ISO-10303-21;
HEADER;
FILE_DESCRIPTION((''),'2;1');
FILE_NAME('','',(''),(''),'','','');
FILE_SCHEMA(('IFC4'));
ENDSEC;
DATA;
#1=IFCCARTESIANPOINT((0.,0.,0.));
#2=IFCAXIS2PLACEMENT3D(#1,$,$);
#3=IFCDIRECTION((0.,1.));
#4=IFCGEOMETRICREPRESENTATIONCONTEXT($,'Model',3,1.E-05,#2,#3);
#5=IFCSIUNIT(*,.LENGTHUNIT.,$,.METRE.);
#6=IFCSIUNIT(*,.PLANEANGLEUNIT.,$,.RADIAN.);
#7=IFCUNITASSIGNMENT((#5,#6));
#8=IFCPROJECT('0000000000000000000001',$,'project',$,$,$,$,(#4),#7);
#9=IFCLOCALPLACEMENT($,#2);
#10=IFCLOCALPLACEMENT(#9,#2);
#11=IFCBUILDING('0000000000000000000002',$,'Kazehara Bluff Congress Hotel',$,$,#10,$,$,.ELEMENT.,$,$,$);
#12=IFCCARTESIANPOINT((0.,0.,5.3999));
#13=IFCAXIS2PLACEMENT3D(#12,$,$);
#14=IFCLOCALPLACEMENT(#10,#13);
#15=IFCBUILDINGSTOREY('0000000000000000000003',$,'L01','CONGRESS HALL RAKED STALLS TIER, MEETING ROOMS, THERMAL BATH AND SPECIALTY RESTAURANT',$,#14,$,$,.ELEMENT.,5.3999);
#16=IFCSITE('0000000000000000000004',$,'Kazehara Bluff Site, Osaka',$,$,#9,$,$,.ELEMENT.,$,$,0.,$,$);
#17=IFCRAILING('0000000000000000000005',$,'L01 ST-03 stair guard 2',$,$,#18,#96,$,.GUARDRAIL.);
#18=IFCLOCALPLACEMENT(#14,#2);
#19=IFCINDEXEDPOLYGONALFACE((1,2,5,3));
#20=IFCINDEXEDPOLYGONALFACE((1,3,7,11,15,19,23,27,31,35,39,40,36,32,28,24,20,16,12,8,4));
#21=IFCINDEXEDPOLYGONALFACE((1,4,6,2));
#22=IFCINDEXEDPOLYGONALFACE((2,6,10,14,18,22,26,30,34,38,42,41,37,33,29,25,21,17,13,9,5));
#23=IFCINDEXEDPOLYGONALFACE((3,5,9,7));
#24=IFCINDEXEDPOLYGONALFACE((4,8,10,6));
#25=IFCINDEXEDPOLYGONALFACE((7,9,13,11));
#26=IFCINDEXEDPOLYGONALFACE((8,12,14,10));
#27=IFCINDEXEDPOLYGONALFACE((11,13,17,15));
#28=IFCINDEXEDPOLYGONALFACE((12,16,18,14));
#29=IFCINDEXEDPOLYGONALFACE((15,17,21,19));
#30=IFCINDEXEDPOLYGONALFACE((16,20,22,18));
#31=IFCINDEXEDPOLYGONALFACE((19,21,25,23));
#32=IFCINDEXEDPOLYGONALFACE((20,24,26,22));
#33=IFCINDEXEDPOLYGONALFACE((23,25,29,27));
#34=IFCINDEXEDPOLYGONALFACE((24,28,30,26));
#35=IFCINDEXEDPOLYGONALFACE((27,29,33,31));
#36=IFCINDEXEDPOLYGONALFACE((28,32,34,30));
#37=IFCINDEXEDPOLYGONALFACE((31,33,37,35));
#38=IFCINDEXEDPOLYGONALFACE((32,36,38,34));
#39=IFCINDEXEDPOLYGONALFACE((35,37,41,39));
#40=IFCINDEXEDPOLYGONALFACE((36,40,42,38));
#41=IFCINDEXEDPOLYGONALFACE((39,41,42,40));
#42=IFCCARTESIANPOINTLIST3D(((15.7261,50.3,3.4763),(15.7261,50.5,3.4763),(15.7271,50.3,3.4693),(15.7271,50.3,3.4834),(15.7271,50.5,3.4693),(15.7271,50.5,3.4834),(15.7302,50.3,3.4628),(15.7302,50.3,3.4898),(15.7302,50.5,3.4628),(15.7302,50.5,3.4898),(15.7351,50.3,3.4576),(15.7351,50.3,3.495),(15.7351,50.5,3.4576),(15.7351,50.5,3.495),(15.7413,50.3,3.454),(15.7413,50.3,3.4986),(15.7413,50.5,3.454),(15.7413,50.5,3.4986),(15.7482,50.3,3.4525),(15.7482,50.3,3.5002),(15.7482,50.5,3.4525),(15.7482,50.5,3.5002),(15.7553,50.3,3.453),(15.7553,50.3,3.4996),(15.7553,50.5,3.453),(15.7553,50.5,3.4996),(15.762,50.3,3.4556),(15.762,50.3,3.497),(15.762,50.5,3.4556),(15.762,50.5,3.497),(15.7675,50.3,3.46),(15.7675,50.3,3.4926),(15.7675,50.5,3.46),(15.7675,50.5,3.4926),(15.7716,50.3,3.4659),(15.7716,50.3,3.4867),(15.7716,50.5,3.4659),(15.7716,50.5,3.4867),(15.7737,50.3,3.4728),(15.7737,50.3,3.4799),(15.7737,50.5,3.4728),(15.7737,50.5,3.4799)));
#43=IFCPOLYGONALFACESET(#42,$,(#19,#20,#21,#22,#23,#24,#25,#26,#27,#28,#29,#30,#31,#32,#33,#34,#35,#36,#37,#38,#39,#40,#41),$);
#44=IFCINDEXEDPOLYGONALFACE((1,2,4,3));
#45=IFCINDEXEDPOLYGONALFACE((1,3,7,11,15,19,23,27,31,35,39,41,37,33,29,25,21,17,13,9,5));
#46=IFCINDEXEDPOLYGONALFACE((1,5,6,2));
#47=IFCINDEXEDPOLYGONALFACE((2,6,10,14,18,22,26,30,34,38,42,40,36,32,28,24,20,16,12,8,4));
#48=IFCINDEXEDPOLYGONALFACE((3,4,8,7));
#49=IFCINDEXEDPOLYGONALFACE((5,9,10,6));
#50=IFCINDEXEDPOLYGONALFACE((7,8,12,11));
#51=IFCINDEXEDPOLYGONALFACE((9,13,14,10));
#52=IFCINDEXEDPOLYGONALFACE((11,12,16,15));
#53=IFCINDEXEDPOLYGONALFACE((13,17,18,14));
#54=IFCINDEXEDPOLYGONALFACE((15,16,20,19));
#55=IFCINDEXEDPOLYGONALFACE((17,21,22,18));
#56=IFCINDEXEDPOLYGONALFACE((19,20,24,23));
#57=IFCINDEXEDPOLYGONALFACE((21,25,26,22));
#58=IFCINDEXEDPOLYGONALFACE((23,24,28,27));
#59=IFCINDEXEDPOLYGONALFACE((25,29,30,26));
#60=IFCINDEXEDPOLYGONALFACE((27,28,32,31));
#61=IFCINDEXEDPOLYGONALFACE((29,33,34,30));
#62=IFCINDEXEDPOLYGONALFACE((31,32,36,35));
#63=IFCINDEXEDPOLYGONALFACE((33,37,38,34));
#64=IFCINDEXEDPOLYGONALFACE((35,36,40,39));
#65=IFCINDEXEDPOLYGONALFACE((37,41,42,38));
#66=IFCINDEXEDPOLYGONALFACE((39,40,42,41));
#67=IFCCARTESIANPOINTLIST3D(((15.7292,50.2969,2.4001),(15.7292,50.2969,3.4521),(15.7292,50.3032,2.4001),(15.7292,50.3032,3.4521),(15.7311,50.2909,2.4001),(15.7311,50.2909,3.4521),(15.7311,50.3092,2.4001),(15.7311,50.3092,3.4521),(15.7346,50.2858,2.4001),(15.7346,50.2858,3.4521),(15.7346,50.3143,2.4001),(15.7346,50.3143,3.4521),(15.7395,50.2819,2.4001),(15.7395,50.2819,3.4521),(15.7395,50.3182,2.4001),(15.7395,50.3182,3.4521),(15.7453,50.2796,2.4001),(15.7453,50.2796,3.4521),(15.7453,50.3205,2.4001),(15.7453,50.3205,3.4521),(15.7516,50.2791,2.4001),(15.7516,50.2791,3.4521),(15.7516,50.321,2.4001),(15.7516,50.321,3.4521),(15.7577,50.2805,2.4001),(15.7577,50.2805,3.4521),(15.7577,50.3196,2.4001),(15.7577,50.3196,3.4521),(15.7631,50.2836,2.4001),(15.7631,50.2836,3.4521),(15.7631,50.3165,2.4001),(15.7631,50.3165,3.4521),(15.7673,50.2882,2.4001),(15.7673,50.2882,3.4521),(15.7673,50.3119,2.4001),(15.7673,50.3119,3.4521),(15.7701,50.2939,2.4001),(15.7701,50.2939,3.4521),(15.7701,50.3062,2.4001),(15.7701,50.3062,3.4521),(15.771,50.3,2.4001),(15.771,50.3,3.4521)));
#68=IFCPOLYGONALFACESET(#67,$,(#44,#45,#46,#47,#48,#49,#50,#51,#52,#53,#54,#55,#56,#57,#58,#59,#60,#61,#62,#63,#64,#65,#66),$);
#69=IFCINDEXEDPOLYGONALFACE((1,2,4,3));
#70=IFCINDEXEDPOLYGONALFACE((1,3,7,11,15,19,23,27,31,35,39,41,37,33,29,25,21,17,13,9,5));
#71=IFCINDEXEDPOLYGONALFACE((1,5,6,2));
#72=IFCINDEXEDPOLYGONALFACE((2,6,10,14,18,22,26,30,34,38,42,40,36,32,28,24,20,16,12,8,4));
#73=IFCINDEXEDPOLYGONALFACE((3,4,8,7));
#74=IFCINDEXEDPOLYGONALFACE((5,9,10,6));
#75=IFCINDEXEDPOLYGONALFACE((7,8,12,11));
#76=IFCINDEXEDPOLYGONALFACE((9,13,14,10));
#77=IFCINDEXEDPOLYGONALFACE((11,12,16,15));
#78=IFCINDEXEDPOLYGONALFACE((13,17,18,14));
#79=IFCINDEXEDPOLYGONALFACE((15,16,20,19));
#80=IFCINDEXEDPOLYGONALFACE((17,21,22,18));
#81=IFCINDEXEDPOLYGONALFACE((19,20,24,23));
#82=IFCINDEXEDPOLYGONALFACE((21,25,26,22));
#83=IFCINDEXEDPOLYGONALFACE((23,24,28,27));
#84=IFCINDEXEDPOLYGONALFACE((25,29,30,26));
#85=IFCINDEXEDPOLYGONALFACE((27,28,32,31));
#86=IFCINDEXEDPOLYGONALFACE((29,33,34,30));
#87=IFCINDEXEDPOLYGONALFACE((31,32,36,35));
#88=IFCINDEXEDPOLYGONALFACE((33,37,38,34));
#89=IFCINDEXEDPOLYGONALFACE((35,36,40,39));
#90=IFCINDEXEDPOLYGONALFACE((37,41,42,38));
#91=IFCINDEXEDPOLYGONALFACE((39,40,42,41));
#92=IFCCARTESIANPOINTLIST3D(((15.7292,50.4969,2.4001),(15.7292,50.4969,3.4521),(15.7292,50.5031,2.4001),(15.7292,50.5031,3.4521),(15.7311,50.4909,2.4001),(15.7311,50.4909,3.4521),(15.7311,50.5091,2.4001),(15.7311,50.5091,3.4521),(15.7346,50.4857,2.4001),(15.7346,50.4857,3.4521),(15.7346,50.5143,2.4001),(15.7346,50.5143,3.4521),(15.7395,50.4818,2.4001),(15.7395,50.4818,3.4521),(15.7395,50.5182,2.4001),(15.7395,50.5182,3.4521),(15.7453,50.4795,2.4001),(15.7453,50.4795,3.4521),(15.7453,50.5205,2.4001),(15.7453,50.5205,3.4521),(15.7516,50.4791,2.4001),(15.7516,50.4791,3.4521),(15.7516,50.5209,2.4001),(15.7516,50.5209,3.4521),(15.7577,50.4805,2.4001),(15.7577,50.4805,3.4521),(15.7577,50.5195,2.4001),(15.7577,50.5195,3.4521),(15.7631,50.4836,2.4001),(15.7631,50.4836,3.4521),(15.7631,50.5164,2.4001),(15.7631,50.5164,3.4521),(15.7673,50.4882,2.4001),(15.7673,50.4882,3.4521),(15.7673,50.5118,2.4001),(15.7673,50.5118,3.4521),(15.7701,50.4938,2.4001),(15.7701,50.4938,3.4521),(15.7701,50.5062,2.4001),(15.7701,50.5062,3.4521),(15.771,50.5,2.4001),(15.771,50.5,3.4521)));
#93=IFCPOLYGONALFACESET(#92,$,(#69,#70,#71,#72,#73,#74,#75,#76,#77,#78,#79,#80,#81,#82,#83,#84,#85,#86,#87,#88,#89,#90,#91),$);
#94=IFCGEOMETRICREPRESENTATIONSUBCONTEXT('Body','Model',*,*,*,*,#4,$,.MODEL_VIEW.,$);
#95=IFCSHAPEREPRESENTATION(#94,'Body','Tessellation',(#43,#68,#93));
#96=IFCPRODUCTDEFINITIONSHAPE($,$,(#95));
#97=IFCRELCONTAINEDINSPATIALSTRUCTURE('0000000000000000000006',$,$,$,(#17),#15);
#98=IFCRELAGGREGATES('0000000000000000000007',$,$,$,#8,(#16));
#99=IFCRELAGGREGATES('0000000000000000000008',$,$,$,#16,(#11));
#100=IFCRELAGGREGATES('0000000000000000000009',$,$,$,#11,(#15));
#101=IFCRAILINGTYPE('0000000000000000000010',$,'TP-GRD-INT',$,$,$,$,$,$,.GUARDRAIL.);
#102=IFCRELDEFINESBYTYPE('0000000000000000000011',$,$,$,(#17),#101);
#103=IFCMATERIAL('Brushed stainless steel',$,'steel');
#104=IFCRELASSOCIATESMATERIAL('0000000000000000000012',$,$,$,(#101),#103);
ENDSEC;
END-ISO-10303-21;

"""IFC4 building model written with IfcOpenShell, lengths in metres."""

from ifc_helpers import new_model, si_unit, direction, frame, origin, origin_2d, place, context, subcontext, project, spatial, circle, extrude, material, type_object, element, save


model = new_model("IFC4")

# Units and contexts
model_context = context("Model", 3, precision=1e-05, world=origin(), true_north=direction((0.0, 1.0)))
body_context = subcontext(model_context, "Body", "Model", "MODEL_VIEW")
ifc_project = project(units=[si_unit("LENGTHUNIT", "METRE"), si_unit("PLANEANGLEUNIT", "RADIAN")], contexts=[model_context])

# Site, building, storey
site_placement = place(None, origin())
site = spatial("IfcSite", under=ifc_project, at=site_placement, Name="Kazehara Bluff Site, Osaka", CompositionType="ELEMENT", RefElevation=0.0)
building_placement = place(site_placement, origin())
building = spatial("IfcBuilding", under=site, at=building_placement, Name="Kazehara Bluff Congress Hotel", CompositionType="ELEMENT")
storey_placement = place(building_placement, frame((0.0, 0.0, 5.3999)))
storey = spatial("IfcBuildingStorey", under=building, at=storey_placement, Name="L01", Description="CONGRESS HALL RAKED STALLS TIER, MEETING ROOMS, THERMAL BATH AND SPECIALTY RESTAURANT", CompositionType="ELEMENT", Elevation=5.3999)

# Railing
ifc_material_1 = material(Name="Brushed stainless steel", Category="steel")
railing_type_1 = type_object("IfcRailingType", Name="TP-GRD-INT", PredefinedType="GUARDRAIL", material=ifc_material_1)
railing_1_placement = place(storey_placement, frame((15.75, 50.3, 2.4001)))
element("IfcRailing", 1, at=railing_1_placement, inside=storey, type_object=railing_type_1, Name="L01 ST-03 stair guard 2", PredefinedType="GUARDRAIL", context=body_context, shape_type="SweptSolid", body=[
    extrude(circle(Radius=0.0239, at=origin_2d()), frame((0.0, 0.0, 1.0762), z_axis=(0.0, 1.0, 0.0), x_axis=(-1.0, 0.0, 0.0)), (0.0, 0.0, 1.0), 0.2),
    extrude(circle(Radius=0.021, at=origin_2d()), origin(), (0.0, 0.0, 1.0), 1.052),
    extrude(circle(Radius=0.021, at=origin_2d()), frame((0.0, 0.2, 0.0)), (0.0, 0.0, 1.0), 1.052),
])

save(model, "model.ifc")
